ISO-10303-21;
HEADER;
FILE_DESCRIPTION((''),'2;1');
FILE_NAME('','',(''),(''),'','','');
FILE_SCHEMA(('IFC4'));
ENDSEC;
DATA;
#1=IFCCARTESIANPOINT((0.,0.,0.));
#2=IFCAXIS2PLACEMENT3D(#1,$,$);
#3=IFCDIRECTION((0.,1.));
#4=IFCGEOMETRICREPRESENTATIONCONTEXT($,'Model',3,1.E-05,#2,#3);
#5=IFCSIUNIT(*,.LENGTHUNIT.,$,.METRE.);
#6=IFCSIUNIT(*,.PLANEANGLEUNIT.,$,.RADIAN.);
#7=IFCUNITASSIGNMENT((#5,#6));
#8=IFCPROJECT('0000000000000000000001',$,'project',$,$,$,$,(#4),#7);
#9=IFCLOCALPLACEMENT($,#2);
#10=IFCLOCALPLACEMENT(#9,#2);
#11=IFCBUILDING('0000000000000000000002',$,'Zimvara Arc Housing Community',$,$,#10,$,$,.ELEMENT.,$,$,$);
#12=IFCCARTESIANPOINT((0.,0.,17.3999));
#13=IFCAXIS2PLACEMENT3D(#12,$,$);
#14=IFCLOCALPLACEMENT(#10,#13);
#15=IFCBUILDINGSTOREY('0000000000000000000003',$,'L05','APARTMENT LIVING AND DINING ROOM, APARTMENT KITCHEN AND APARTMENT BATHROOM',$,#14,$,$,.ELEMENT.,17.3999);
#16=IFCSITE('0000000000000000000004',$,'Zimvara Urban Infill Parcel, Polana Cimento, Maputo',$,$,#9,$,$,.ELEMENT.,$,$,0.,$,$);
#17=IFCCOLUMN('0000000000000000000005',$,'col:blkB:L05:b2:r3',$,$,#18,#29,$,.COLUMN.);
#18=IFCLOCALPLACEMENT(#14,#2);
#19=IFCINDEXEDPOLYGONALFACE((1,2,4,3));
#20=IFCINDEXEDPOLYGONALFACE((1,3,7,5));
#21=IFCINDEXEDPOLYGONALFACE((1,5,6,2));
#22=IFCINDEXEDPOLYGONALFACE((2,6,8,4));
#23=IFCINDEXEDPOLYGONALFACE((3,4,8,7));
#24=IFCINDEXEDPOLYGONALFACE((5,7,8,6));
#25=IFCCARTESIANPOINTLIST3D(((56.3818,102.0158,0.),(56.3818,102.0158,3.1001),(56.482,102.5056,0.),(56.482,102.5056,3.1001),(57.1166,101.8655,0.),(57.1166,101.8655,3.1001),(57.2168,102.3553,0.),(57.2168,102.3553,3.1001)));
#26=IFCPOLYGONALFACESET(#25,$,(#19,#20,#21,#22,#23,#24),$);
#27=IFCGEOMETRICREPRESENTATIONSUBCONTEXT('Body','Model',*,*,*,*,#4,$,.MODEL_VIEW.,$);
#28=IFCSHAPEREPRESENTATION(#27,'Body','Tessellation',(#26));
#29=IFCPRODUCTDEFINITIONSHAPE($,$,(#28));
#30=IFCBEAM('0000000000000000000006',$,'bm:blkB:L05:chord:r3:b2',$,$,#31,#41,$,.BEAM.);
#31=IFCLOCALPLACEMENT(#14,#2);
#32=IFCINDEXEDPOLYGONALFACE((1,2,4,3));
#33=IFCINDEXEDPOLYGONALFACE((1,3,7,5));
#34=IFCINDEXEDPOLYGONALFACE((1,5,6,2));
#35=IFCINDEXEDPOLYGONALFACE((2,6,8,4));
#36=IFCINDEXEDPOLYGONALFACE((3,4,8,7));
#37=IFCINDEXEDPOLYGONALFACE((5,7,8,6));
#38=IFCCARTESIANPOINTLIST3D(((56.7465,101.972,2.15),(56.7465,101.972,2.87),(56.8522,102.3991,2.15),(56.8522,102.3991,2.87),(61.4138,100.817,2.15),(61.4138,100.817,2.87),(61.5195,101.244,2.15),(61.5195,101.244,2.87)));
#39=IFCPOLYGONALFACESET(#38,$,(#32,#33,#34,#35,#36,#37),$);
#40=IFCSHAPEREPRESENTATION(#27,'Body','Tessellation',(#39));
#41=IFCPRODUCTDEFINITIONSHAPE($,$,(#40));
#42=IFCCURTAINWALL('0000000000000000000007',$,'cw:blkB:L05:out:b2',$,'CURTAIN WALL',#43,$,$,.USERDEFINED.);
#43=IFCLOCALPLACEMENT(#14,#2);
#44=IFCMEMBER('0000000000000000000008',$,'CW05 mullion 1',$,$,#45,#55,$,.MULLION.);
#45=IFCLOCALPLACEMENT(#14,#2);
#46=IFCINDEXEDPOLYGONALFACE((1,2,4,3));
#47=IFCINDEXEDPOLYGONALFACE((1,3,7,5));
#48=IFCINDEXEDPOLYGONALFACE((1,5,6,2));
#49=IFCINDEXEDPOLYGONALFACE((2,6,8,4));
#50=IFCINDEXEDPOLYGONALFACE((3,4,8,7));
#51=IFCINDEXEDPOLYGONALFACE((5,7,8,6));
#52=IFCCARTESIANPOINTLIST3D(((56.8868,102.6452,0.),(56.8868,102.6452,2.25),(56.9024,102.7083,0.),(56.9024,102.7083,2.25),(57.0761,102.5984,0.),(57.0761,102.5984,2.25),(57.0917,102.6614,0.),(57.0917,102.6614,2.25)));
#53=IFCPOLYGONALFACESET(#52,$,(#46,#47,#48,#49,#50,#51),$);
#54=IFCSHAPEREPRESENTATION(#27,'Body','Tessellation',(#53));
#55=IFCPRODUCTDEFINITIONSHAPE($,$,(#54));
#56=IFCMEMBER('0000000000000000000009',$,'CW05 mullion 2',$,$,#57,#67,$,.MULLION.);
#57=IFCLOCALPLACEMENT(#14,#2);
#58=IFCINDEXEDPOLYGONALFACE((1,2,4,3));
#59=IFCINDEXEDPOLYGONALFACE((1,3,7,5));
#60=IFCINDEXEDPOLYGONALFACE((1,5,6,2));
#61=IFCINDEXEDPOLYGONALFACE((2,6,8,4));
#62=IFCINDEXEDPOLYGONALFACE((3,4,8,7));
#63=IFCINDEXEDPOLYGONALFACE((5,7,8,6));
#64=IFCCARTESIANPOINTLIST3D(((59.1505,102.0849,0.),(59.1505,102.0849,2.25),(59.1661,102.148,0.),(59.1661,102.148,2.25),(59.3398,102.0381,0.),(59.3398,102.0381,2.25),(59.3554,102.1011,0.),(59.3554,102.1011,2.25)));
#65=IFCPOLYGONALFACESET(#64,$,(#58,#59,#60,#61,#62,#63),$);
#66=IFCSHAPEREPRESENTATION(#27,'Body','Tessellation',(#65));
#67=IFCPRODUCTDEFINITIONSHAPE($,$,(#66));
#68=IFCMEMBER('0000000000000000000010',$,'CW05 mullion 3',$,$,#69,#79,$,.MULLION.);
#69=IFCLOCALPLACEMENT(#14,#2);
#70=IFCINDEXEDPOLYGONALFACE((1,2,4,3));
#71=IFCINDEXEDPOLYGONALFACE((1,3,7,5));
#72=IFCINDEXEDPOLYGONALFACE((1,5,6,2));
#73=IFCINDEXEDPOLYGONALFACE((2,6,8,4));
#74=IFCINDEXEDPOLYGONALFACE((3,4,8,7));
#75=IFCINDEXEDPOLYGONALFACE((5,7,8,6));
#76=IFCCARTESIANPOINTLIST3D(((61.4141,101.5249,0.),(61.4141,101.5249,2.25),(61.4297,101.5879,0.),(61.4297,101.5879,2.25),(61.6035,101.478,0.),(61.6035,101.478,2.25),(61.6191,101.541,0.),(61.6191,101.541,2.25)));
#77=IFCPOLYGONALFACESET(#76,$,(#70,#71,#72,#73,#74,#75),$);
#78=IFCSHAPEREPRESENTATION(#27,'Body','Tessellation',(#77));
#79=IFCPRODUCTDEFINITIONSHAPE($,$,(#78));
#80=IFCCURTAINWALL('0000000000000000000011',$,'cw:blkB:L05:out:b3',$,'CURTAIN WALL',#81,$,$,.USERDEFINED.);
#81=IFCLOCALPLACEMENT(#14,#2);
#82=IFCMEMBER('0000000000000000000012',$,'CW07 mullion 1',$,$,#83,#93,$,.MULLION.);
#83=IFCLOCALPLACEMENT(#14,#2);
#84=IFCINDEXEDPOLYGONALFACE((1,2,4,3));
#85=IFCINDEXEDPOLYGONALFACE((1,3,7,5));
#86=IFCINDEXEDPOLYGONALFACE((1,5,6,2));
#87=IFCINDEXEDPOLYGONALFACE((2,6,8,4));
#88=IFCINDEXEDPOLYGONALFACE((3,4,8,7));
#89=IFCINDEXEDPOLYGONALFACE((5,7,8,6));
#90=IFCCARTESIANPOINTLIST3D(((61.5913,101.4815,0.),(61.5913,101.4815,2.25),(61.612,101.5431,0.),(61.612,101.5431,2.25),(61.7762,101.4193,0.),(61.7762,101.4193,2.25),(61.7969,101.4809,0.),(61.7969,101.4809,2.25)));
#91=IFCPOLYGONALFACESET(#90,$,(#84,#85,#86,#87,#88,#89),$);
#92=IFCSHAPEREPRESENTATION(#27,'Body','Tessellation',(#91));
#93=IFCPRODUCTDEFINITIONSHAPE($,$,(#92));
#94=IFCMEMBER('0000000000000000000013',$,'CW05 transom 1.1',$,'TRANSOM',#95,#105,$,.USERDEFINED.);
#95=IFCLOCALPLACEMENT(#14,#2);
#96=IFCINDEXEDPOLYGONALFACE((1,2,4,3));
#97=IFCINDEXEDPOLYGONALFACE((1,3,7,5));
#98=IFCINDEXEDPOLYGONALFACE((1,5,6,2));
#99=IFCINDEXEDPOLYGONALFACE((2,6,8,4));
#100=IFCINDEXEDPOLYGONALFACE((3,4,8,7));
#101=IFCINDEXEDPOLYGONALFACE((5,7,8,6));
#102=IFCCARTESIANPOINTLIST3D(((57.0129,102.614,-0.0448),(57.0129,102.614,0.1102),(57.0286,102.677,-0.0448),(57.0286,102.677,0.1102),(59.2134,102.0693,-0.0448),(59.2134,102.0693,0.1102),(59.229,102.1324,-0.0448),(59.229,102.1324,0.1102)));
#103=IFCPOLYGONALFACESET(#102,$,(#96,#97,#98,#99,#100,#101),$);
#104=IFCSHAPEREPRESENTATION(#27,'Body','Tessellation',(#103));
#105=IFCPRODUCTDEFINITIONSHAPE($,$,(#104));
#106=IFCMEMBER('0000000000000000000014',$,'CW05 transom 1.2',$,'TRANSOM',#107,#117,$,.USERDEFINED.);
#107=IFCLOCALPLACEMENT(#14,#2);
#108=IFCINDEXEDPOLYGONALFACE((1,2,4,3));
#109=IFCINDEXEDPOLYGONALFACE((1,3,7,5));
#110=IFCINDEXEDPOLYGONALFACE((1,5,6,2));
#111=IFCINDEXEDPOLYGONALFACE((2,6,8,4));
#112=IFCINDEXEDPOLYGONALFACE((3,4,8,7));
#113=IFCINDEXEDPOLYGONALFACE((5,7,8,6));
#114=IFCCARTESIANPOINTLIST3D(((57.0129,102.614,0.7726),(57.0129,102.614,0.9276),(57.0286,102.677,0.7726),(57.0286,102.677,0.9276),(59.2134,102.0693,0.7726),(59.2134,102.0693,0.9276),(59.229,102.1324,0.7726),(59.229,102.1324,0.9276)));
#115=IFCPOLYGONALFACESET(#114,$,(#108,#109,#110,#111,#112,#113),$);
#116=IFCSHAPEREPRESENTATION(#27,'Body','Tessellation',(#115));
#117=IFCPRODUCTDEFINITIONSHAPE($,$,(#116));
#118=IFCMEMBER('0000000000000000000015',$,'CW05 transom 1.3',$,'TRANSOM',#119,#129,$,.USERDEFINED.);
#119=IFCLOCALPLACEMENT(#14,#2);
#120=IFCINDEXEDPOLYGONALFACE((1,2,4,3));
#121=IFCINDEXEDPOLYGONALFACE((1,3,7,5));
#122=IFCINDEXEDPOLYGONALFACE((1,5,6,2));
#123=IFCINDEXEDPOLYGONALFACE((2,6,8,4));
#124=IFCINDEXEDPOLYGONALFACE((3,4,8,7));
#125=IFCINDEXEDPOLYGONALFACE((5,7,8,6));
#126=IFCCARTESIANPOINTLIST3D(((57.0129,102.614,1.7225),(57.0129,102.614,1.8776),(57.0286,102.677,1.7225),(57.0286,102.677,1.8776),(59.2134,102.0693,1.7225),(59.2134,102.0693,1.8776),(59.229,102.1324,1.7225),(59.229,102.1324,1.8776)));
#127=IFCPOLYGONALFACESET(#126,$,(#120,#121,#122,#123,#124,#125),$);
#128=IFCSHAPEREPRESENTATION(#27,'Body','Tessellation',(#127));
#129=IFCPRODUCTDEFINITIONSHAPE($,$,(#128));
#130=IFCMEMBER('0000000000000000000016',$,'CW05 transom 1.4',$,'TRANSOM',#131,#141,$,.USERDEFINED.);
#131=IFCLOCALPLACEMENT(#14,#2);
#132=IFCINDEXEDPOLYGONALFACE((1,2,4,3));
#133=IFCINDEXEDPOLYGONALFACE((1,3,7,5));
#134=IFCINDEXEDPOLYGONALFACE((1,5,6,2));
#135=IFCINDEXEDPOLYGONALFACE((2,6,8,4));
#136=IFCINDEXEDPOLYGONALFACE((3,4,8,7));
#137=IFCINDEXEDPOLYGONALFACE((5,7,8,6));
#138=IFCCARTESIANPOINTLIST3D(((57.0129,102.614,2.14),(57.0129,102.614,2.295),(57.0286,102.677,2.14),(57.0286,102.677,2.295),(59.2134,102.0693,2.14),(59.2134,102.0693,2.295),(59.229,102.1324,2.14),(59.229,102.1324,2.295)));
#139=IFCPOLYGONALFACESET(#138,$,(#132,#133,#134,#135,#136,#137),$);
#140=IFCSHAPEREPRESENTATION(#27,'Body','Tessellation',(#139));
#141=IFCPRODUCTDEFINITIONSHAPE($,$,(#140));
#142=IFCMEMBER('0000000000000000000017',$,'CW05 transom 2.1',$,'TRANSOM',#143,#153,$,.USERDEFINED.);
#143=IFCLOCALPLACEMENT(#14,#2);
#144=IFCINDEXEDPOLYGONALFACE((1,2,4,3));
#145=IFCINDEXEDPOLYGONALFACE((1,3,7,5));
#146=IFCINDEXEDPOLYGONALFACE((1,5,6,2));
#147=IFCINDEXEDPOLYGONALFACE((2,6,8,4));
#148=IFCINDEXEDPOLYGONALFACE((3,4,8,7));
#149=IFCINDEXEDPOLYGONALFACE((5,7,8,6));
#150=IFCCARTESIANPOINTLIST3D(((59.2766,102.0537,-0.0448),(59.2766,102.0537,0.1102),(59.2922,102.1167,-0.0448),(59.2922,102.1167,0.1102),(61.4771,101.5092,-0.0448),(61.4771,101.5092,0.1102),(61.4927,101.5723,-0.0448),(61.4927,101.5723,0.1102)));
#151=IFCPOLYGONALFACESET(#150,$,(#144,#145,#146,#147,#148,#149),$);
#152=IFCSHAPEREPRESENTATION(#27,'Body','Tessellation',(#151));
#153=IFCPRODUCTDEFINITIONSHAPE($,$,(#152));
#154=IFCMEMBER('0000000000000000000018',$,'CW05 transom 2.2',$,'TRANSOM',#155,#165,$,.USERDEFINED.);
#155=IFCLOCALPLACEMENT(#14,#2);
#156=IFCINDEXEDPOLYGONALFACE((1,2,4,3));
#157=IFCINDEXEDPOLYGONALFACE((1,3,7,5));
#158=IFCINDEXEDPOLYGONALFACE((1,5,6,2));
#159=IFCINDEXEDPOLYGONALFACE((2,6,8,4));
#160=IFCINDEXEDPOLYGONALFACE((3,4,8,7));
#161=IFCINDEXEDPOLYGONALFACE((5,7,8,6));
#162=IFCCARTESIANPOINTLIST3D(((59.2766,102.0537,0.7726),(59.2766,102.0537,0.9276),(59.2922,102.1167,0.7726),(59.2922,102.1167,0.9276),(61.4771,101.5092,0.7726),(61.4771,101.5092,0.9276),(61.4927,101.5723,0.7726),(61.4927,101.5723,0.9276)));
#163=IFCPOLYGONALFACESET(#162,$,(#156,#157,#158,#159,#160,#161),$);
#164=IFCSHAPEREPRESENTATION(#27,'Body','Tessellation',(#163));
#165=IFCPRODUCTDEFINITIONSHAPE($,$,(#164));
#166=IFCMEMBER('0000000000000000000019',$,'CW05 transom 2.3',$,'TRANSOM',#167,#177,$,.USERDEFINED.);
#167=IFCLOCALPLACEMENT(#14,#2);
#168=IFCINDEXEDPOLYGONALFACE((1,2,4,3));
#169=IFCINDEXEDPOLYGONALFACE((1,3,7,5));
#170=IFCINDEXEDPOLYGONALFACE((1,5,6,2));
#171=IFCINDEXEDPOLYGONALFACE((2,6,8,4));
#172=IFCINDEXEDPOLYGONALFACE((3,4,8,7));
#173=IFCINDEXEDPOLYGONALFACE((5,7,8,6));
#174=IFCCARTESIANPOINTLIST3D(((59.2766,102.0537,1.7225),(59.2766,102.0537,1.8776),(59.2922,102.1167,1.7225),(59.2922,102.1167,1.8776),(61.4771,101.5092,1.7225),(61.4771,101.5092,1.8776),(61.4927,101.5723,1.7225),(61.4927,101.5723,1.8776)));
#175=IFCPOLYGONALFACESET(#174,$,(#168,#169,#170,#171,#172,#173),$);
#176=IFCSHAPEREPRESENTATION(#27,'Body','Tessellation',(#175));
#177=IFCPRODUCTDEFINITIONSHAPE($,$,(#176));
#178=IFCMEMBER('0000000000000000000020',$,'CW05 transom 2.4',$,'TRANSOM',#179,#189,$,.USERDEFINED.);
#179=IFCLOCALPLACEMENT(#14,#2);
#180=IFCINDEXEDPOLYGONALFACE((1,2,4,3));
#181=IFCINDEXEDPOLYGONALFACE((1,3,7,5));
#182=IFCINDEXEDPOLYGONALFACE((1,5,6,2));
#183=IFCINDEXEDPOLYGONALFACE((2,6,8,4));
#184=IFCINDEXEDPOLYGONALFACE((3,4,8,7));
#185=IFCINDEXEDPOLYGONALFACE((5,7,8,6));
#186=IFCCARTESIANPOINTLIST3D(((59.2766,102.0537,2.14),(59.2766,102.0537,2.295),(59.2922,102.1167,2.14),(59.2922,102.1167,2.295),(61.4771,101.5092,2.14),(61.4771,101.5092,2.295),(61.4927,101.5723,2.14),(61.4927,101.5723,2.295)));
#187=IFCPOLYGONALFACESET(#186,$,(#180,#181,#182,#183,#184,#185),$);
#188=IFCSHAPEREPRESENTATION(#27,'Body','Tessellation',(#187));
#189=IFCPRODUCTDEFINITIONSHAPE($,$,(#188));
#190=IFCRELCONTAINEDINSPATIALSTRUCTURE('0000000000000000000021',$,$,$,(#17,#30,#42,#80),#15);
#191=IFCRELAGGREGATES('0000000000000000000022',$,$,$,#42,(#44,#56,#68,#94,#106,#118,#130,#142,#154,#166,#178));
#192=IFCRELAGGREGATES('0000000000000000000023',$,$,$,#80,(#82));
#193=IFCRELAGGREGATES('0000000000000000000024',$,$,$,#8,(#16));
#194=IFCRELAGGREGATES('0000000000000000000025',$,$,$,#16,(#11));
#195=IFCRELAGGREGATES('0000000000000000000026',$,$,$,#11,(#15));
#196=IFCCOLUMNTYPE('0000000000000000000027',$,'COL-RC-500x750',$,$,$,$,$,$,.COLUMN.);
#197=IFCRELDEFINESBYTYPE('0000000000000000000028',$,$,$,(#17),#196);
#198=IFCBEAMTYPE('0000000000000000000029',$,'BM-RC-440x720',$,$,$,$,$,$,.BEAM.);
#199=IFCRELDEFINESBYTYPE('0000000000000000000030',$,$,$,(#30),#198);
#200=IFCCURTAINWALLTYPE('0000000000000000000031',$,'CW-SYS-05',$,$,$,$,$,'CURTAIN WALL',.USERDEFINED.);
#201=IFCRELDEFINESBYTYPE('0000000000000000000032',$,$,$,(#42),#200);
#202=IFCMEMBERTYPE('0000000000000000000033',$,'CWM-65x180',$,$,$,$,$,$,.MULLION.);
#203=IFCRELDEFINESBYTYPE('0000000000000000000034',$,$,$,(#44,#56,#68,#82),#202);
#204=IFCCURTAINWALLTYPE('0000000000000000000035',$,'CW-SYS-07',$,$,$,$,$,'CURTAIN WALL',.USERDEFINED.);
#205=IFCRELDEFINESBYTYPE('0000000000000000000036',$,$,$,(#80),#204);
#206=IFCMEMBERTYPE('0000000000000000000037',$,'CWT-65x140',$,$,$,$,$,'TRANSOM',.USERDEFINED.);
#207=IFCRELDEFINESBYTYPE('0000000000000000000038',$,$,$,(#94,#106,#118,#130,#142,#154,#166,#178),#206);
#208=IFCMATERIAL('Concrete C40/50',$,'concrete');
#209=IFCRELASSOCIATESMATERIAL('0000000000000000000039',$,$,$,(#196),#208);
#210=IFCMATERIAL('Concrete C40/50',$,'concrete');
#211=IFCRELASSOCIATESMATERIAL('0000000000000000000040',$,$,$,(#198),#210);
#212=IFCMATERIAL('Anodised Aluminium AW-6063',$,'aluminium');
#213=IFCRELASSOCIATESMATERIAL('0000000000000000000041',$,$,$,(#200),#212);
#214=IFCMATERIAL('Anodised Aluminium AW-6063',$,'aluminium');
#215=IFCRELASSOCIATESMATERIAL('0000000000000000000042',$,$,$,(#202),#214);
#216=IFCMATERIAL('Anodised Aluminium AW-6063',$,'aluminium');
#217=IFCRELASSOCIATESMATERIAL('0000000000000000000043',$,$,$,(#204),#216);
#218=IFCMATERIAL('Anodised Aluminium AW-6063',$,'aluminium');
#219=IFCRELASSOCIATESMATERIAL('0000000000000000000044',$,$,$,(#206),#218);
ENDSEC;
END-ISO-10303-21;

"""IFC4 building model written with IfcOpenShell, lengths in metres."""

from ifc_helpers import new_model, si_unit, direction, frame, origin, origin_2d, place, context, subcontext, project, spatial, rectangle, extrude, material, material_profile, profile_set, type_object, element, aggregate, save


model = new_model("IFC4")

# Units and contexts
model_context = context("Model", 3, precision=1e-05, world=origin(), true_north=direction((0.0, 1.0)))
body_context = subcontext(model_context, "Body", "Model", "MODEL_VIEW")
ifc_project = project(units=[si_unit("LENGTHUNIT", "METRE"), si_unit("PLANEANGLEUNIT", "RADIAN")], contexts=[model_context])

# Site, building, storey
site_placement = place(None, origin())
site = spatial("IfcSite", under=ifc_project, at=site_placement, Name="Zimvara Urban Infill Parcel, Polana Cimento, Maputo", CompositionType="ELEMENT", RefElevation=0.0)
building_placement = place(site_placement, origin())
building = spatial("IfcBuilding", under=site, at=building_placement, Name="Zimvara Arc Housing Community", CompositionType="ELEMENT")
storey_placement = place(building_placement, frame((0.0, 0.0, 17.3999)))
storey = spatial("IfcBuildingStorey", under=building, at=storey_placement, Name="L05", Description="APARTMENT LIVING AND DINING ROOM, APARTMENT KITCHEN AND APARTMENT BATHROOM", CompositionType="ELEMENT", Elevation=17.3999)

# Column
ifc_material_1 = material(Name="Concrete C40/50", Category="concrete")
ifc_material_profile_1 = material_profile(ifc_material_1, rectangle(XDim=0.5, YDim=0.75, at=origin_2d()), Name="RC 500x750")
ifc_profile_set_1 = profile_set([ifc_material_profile_1], Name="Concrete C40/50")
column_type = type_object("IfcColumnType", Name="COL-RC-500x750", PredefinedType="COLUMN", material=ifc_profile_set_1)
column_placement = place(storey_placement, frame((56.7993, 102.1855, 0.0), z_axis=(0.0, 0.0, 1.0), x_axis=(0.200394, 0.979715, 0.0)))
element("IfcColumn", 1, at=column_placement, inside=storey, type_object=column_type, Name="col:blkB:L05:b2:r3", PredefinedType="COLUMN", context=body_context, shape_type="SweptSolid", body=[
    extrude(rectangle(XDim=0.5, YDim=0.75, at=origin_2d()), origin(), (0.0, 0.0, 1.0), 3.1001),
])

# Beam
ifc_material_2 = material(Name="Concrete C40/50", Category="concrete")
ifc_material_profile_2 = material_profile(ifc_material_2, rectangle(XDim=0.4399, YDim=0.72, at=origin_2d()), Name="RC 440x720")
ifc_profile_set_2 = profile_set([ifc_material_profile_2], Name="Concrete C40/50")
beam_type = type_object("IfcBeamType", Name="BM-RC-440x720", PredefinedType="BEAM", material=ifc_profile_set_2)
beam_placement = place(storey_placement, frame((56.7993, 102.1855, 2.51), z_axis=(0.970716, -0.240229, 0.0), x_axis=(0.240229, 0.970716, 0.0)))
element("IfcBeam", 2, at=beam_placement, inside=storey, type_object=beam_type, Name="bm:blkB:L05:chord:r3:b2", PredefinedType="BEAM", context=body_context, shape_type="SweptSolid", body=[
    extrude(rectangle(XDim=0.4399, YDim=0.72, at=origin_2d()), origin(), (0.0, 0.0, 1.0), 4.8081),
])

# Curtain wall, members
ifc_material_3 = material(Name="Anodised Aluminium AW-6063", Category="aluminium")
curtain_wall_type_1 = type_object("IfcCurtainWallType", Name="CW-SYS-05", ElementType="CURTAIN WALL", PredefinedType="USERDEFINED", material=ifc_material_3)
curtain_wall_1_placement = place(storey_placement, origin())
curtain_wall_1 = element("IfcCurtainWall", 3, at=curtain_wall_1_placement, inside=storey, type_object=curtain_wall_type_1, Name="cw:blkB:L05:out:b2", ObjectType="CURTAIN WALL", PredefinedType="USERDEFINED")
ifc_material_4 = material(Name="Anodised Aluminium AW-6063", Category="aluminium")
ifc_material_profile_3 = material_profile(ifc_material_4, rectangle(XDim=0.0649, YDim=0.1951, at=origin_2d()), Name="ALU 65x195")
ifc_profile_set_3 = profile_set([ifc_material_profile_3], Name="Anodised Aluminium AW-6063")
member_type_1 = type_object("IfcMemberType", Name="CWM-65x180", PredefinedType="MULLION", material=ifc_profile_set_3)
member_1_placement = place(storey_placement, frame((56.9893, 102.6533, 0.0), z_axis=(0.0, 0.0, 1.0), x_axis=(0.24023, 0.970716, 0.0)))
member_1 = element("IfcMember", 4, at=member_1_placement, type_object=member_type_1, Name="CW05 mullion 1", PredefinedType="MULLION", context=body_context, shape_type="SweptSolid", body=[
    extrude(rectangle(XDim=0.0649, YDim=0.1951, at=origin_2d()), origin(), (0.0, 0.0, 1.0), 2.25),
])
member_2_placement = place(storey_placement, frame((59.2529, 102.093, 0.0), z_axis=(0.0, 0.0, 1.0), x_axis=(0.24023, 0.970716, 0.0)))
member_2 = element("IfcMember", 5, at=member_2_placement, type_object=member_type_1, Name="CW05 mullion 2", PredefinedType="MULLION", context=body_context, shape_type="SweptSolid", body=[
    extrude(rectangle(XDim=0.0649, YDim=0.1951, at=origin_2d()), origin(), (0.0, 0.0, 1.0), 2.25),
])
member_3_placement = place(storey_placement, frame((61.5166, 101.533, 0.0), z_axis=(0.0, 0.0, 1.0), x_axis=(0.24023, 0.970716, 0.0)))
member_3 = element("IfcMember", 6, at=member_3_placement, type_object=member_type_1, Name="CW05 mullion 3", PredefinedType="MULLION", context=body_context, shape_type="SweptSolid", body=[
    extrude(rectangle(XDim=0.0649, YDim=0.1951, at=origin_2d()), origin(), (0.0, 0.0, 1.0), 2.25),
])

# Curtain wall, member
ifc_material_5 = material(Name="Anodised Aluminium AW-6063", Category="aluminium")
curtain_wall_type_2 = type_object("IfcCurtainWallType", Name="CW-SYS-07", ElementType="CURTAIN WALL", PredefinedType="USERDEFINED", material=ifc_material_5)
curtain_wall_2_placement = place(storey_placement, origin())
curtain_wall_2 = element("IfcCurtainWall", 7, at=curtain_wall_2_placement, inside=storey, type_object=curtain_wall_type_2, Name="cw:blkB:L05:out:b3", ObjectType="CURTAIN WALL", PredefinedType="USERDEFINED")
member_4_placement = place(storey_placement, frame((61.6941, 101.4812, 0.0), z_axis=(0.0, 0.0, 1.0), x_axis=(0.318629, 0.94788, 0.0)))
member_4 = element("IfcMember", 8, at=member_4_placement, type_object=member_type_1, Name="CW07 mullion 1", PredefinedType="MULLION", context=body_context, shape_type="SweptSolid", body=[
    extrude(rectangle(XDim=0.0649, YDim=0.1951, at=origin_2d()), origin(), (0.0, 0.0, 1.0), 2.25),
])

# Members
ifc_material_6 = material(Name="Anodised Aluminium AW-6063", Category="aluminium")
ifc_material_profile_4 = material_profile(ifc_material_6, rectangle(XDim=0.0649, YDim=0.155, at=origin_2d()), Name="ALU 65x155")
ifc_profile_set_4 = profile_set([ifc_material_profile_4], Name="Anodised Aluminium AW-6063")
member_type_2 = type_object("IfcMemberType", Name="CWT-65x140", ElementType="TRANSOM", PredefinedType="USERDEFINED", material=ifc_profile_set_4)
member_5_placement = place(storey_placement, frame((57.0208, 102.6455, 0.0327), z_axis=(0.970704, -0.24028, 0.0), x_axis=(0.24028, 0.970704, 0.0)))
member_5 = element("IfcMember", 9, at=member_5_placement, type_object=member_type_2, Name="CW05 transom 1.1", ObjectType="TRANSOM", PredefinedType="USERDEFINED", context=body_context, shape_type="SweptSolid", body=[
    extrude(rectangle(XDim=0.0649, YDim=0.155, at=origin_2d()), origin(), (0.0, 0.0, 1.0), 2.2668),
])
member_6_placement = place(storey_placement, frame((57.0208, 102.6455, 0.8501), z_axis=(0.970704, -0.24028, 0.0), x_axis=(0.24028, 0.970704, 0.0)))
member_6 = element("IfcMember", 10, at=member_6_placement, type_object=member_type_2, Name="CW05 transom 1.2", ObjectType="TRANSOM", PredefinedType="USERDEFINED", context=body_context, shape_type="SweptSolid", body=[
    extrude(rectangle(XDim=0.0649, YDim=0.155, at=origin_2d()), origin(), (0.0, 0.0, 1.0), 2.2668),
])
member_7_placement = place(storey_placement, frame((57.0208, 102.6455, 1.8), z_axis=(0.970704, -0.24028, 0.0), x_axis=(0.24028, 0.970704, 0.0)))
member_7 = element("IfcMember", 11, at=member_7_placement, type_object=member_type_2, Name="CW05 transom 1.3", ObjectType="TRANSOM", PredefinedType="USERDEFINED", context=body_context, shape_type="SweptSolid", body=[
    extrude(rectangle(XDim=0.0649, YDim=0.155, at=origin_2d()), origin(), (0.0, 0.0, 1.0), 2.2668),
])
member_8_placement = place(storey_placement, frame((57.0208, 102.6455, 2.2175), z_axis=(0.970704, -0.24028, 0.0), x_axis=(0.24028, 0.970704, 0.0)))
member_8 = element("IfcMember", 12, at=member_8_placement, type_object=member_type_2, Name="CW05 transom 1.4", ObjectType="TRANSOM", PredefinedType="USERDEFINED", context=body_context, shape_type="SweptSolid", body=[
    extrude(rectangle(XDim=0.0649, YDim=0.155, at=origin_2d()), origin(), (0.0, 0.0, 1.0), 2.2668),
])
member_9_placement = place(storey_placement, frame((59.2844, 102.0852, 0.0327), z_axis=(0.970729, -0.240178, 0.0), x_axis=(0.240178, 0.970729, 0.0)))
member_9 = element("IfcMember", 13, at=member_9_placement, type_object=member_type_2, Name="CW05 transom 2.1", ObjectType="TRANSOM", PredefinedType="USERDEFINED", context=body_context, shape_type="SweptSolid", body=[
    extrude(rectangle(XDim=0.0649, YDim=0.155, at=origin_2d()), origin(), (0.0, 0.0, 1.0), 2.2668),
])
member_10_placement = place(storey_placement, frame((59.2844, 102.0852, 0.8501), z_axis=(0.970729, -0.240178, 0.0), x_axis=(0.240178, 0.970729, 0.0)))
member_10 = element("IfcMember", 14, at=member_10_placement, type_object=member_type_2, Name="CW05 transom 2.2", ObjectType="TRANSOM", PredefinedType="USERDEFINED", context=body_context, shape_type="SweptSolid", body=[
    extrude(rectangle(XDim=0.0649, YDim=0.155, at=origin_2d()), origin(), (0.0, 0.0, 1.0), 2.2668),
])
member_11_placement = place(storey_placement, frame((59.2844, 102.0852, 1.8), z_axis=(0.970729, -0.240178, 0.0), x_axis=(0.240178, 0.970729, 0.0)))
member_11 = element("IfcMember", 15, at=member_11_placement, type_object=member_type_2, Name="CW05 transom 2.3", ObjectType="TRANSOM", PredefinedType="USERDEFINED", context=body_context, shape_type="SweptSolid", body=[
    extrude(rectangle(XDim=0.0649, YDim=0.155, at=origin_2d()), origin(), (0.0, 0.0, 1.0), 2.2668),
])
member_12_placement = place(storey_placement, frame((59.2844, 102.0852, 2.2175), z_axis=(0.970729, -0.240178, 0.0), x_axis=(0.240178, 0.970729, 0.0)))
member_12 = element("IfcMember", 16, at=member_12_placement, type_object=member_type_2, Name="CW05 transom 2.4", ObjectType="TRANSOM", PredefinedType="USERDEFINED", context=body_context, shape_type="SweptSolid", body=[
    extrude(rectangle(XDim=0.0649, YDim=0.155, at=origin_2d()), origin(), (0.0, 0.0, 1.0), 2.2668),
])

aggregate(curtain_wall_1, [member_1, member_2, member_3, member_5, member_6, member_7, member_8, member_9, member_10, member_11, member_12])
aggregate(curtain_wall_2, [member_4])

save(model, "model.ifc")
